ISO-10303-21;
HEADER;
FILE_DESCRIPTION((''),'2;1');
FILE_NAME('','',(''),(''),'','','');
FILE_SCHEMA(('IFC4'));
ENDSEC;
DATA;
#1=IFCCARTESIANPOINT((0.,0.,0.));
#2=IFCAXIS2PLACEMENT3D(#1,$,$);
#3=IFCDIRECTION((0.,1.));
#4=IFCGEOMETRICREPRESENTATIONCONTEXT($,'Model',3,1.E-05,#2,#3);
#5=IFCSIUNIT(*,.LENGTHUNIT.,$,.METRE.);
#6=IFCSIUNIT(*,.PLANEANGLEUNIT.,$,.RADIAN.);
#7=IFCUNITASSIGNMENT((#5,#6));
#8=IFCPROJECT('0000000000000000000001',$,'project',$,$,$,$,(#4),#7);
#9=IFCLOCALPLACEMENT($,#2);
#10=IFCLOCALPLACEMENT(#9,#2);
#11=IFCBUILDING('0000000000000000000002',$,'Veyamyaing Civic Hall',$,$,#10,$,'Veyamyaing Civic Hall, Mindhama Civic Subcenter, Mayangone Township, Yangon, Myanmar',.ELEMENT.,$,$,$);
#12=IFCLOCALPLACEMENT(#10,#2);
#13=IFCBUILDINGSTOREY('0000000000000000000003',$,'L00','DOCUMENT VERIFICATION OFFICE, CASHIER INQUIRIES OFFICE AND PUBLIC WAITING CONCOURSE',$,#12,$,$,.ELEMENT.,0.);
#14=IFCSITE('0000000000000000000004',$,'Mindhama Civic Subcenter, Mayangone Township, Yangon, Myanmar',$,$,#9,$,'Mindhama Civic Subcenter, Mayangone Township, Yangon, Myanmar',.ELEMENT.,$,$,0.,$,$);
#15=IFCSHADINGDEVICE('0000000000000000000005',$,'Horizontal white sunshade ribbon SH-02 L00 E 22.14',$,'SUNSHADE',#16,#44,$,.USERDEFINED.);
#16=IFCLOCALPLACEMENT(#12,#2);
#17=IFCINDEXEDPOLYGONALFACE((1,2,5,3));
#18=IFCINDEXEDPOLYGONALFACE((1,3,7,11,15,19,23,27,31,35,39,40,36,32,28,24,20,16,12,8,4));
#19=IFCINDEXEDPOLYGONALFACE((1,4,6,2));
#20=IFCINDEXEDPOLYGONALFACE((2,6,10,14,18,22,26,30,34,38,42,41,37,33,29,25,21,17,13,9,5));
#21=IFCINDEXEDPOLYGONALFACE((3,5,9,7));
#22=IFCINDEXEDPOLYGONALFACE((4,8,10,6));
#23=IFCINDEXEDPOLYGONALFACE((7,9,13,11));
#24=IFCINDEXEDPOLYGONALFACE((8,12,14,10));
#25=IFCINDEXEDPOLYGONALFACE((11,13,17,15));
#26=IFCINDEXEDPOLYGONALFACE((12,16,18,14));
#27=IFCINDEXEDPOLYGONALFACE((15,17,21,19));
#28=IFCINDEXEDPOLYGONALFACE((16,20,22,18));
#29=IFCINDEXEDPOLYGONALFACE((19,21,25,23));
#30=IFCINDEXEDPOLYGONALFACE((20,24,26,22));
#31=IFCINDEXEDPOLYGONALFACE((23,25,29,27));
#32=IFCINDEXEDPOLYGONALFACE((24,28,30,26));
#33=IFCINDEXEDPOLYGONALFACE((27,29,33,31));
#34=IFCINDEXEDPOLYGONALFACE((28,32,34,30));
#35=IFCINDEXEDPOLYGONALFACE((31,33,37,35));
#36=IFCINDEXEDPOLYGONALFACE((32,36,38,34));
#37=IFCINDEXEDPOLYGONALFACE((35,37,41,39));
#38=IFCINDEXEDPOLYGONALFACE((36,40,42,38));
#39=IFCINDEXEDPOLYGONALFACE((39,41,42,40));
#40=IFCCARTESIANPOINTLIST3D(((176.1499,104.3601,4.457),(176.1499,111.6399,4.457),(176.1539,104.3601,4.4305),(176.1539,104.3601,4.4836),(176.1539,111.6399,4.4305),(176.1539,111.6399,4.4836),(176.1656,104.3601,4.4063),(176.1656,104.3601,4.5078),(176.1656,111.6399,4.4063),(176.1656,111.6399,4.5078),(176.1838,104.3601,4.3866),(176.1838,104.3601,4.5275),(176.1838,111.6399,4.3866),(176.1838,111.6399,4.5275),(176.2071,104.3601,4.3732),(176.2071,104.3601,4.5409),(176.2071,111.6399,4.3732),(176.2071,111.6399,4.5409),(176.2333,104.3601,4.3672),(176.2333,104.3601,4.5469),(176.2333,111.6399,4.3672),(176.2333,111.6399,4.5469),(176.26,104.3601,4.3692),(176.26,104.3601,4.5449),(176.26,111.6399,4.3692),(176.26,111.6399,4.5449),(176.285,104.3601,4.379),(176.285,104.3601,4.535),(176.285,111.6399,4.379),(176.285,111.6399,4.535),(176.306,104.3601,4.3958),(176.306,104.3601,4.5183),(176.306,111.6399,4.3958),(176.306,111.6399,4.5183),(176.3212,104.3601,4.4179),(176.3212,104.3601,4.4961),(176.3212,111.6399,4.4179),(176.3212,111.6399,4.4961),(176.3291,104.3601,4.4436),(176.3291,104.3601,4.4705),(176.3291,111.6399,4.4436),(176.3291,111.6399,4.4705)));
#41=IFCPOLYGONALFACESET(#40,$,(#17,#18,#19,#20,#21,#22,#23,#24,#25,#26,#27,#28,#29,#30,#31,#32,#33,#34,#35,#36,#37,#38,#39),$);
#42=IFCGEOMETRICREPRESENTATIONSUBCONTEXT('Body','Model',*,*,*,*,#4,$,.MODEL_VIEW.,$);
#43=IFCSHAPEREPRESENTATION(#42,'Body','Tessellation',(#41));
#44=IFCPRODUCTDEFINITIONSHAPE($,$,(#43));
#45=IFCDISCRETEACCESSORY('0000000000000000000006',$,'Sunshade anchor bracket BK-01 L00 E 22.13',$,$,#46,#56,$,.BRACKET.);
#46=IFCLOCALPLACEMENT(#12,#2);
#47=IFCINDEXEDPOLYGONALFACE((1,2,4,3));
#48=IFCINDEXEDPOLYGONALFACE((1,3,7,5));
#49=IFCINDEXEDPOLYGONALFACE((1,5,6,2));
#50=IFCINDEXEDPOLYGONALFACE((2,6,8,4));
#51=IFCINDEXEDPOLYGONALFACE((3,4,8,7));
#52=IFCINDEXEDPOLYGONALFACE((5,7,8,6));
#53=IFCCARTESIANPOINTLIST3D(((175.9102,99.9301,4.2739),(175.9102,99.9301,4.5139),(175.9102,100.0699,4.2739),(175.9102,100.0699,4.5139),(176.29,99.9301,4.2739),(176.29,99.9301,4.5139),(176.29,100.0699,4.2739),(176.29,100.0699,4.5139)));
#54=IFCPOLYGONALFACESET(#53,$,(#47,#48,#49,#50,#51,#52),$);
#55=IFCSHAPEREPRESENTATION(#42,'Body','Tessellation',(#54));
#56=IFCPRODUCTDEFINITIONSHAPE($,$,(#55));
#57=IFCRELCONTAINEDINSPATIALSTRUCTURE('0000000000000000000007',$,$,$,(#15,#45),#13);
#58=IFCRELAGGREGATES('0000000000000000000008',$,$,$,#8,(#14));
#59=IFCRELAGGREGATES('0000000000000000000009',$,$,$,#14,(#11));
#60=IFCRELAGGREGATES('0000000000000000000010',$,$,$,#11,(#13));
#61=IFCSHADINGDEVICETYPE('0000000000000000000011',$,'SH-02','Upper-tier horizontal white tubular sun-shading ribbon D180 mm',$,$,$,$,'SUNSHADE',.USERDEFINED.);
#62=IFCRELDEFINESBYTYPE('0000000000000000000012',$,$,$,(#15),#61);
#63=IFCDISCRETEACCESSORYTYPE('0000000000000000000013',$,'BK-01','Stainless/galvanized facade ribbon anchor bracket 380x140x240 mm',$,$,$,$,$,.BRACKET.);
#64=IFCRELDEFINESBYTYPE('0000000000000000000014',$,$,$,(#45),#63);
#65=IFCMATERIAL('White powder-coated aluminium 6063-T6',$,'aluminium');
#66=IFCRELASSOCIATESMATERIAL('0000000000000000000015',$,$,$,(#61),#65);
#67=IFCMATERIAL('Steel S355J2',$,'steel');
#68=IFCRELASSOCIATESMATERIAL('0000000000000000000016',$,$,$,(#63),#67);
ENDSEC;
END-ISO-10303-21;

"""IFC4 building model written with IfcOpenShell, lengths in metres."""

from ifc_helpers import new_model, si_unit, direction, frame, origin, origin_2d, place, context, subcontext, project, spatial, rectangle, circle, extrude, material, material_profile, profile_set, type_object, element, save


model = new_model("IFC4")

# Units and contexts
model_context = context("Model", 3, precision=1e-05, world=origin(), true_north=direction((0.0, 1.0)))
body_context = subcontext(model_context, "Body", "Model", "MODEL_VIEW")
ifc_project = project(units=[si_unit("LENGTHUNIT", "METRE"), si_unit("PLANEANGLEUNIT", "RADIAN")], contexts=[model_context])

# Site, building, storey
site_placement = place(None, origin())
site = spatial("IfcSite", under=ifc_project, at=site_placement, Name="Mindhama Civic Subcenter, Mayangone Township, Yangon, Myanmar", LongName="Mindhama Civic Subcenter, Mayangone Township, Yangon, Myanmar", CompositionType="ELEMENT", RefElevation=0.0)
building_placement = place(site_placement, origin())
building = spatial("IfcBuilding", under=site, at=building_placement, Name="Veyamyaing Civic Hall", LongName="Veyamyaing Civic Hall, Mindhama Civic Subcenter, Mayangone Township, Yangon, Myanmar", CompositionType="ELEMENT")
storey_placement = place(building_placement, origin())
storey = spatial("IfcBuildingStorey", under=building, at=storey_placement, Name="L00", Description="DOCUMENT VERIFICATION OFFICE, CASHIER INQUIRIES OFFICE AND PUBLIC WAITING CONCOURSE", CompositionType="ELEMENT", Elevation=0.0)

# Shared definitions
ifc_material_1 = material(Name="White powder-coated aluminium 6063-T6", Category="aluminium")

# Shading device
ifc_material_profile_1 = material_profile(ifc_material_1, circle(Radius=0.0901, at=origin_2d()), Name="SHADE-TUBE-180")
ifc_profile_set_1 = profile_set([ifc_material_profile_1], Name="White powder-coated aluminium 6063-T6")
shading_device_type = type_object("IfcShadingDeviceType", Name="SH-02", Description="Upper-tier horizontal white tubular sun-shading ribbon D180 mm", ElementType="SUNSHADE", PredefinedType="USERDEFINED", material=ifc_profile_set_1)
shading_device_placement = place(storey_placement, frame((176.24, 104.3601, 4.457), z_axis=(0.0, 1.0, 0.0), x_axis=(-1.0, 0.0, 0.0)))
element("IfcShadingDevice", 1, at=shading_device_placement, inside=storey, type_object=shading_device_type, Name="Horizontal white sunshade ribbon SH-02 L00 E 22.14", ObjectType="SUNSHADE", PredefinedType="USERDEFINED", context=body_context, shape_type="SweptSolid", body=[
    extrude(circle(Radius=0.0901, at=origin_2d()), origin(), (0.0, 0.0, 1.0), 7.2798),
])

# Discrete accessory
ifc_material_2 = material(Name="Steel S355J2", Category="steel")
discrete_accessory_type = type_object("IfcDiscreteAccessoryType", Name="BK-01", Description="Stainless/galvanized facade ribbon anchor bracket 380x140x240 mm", PredefinedType="BRACKET", material=ifc_material_2)
discrete_accessory_placement = place(storey_placement, frame((176.1001, 100.0, 4.2739), z_axis=(0.0, 0.0, 1.0), x_axis=(1.0, 0.0, 0.0)))
element("IfcDiscreteAccessory", 2, at=discrete_accessory_placement, inside=storey, type_object=discrete_accessory_type, Name="Sunshade anchor bracket BK-01 L00 E 22.13", PredefinedType="BRACKET", context=body_context, shape_type="SweptSolid", body=[
    extrude(rectangle(XDim=0.3799, YDim=0.1399, at=origin_2d()), origin(), (0.0, 0.0, 1.0), 0.24),
])

save(model, "model.ifc")
